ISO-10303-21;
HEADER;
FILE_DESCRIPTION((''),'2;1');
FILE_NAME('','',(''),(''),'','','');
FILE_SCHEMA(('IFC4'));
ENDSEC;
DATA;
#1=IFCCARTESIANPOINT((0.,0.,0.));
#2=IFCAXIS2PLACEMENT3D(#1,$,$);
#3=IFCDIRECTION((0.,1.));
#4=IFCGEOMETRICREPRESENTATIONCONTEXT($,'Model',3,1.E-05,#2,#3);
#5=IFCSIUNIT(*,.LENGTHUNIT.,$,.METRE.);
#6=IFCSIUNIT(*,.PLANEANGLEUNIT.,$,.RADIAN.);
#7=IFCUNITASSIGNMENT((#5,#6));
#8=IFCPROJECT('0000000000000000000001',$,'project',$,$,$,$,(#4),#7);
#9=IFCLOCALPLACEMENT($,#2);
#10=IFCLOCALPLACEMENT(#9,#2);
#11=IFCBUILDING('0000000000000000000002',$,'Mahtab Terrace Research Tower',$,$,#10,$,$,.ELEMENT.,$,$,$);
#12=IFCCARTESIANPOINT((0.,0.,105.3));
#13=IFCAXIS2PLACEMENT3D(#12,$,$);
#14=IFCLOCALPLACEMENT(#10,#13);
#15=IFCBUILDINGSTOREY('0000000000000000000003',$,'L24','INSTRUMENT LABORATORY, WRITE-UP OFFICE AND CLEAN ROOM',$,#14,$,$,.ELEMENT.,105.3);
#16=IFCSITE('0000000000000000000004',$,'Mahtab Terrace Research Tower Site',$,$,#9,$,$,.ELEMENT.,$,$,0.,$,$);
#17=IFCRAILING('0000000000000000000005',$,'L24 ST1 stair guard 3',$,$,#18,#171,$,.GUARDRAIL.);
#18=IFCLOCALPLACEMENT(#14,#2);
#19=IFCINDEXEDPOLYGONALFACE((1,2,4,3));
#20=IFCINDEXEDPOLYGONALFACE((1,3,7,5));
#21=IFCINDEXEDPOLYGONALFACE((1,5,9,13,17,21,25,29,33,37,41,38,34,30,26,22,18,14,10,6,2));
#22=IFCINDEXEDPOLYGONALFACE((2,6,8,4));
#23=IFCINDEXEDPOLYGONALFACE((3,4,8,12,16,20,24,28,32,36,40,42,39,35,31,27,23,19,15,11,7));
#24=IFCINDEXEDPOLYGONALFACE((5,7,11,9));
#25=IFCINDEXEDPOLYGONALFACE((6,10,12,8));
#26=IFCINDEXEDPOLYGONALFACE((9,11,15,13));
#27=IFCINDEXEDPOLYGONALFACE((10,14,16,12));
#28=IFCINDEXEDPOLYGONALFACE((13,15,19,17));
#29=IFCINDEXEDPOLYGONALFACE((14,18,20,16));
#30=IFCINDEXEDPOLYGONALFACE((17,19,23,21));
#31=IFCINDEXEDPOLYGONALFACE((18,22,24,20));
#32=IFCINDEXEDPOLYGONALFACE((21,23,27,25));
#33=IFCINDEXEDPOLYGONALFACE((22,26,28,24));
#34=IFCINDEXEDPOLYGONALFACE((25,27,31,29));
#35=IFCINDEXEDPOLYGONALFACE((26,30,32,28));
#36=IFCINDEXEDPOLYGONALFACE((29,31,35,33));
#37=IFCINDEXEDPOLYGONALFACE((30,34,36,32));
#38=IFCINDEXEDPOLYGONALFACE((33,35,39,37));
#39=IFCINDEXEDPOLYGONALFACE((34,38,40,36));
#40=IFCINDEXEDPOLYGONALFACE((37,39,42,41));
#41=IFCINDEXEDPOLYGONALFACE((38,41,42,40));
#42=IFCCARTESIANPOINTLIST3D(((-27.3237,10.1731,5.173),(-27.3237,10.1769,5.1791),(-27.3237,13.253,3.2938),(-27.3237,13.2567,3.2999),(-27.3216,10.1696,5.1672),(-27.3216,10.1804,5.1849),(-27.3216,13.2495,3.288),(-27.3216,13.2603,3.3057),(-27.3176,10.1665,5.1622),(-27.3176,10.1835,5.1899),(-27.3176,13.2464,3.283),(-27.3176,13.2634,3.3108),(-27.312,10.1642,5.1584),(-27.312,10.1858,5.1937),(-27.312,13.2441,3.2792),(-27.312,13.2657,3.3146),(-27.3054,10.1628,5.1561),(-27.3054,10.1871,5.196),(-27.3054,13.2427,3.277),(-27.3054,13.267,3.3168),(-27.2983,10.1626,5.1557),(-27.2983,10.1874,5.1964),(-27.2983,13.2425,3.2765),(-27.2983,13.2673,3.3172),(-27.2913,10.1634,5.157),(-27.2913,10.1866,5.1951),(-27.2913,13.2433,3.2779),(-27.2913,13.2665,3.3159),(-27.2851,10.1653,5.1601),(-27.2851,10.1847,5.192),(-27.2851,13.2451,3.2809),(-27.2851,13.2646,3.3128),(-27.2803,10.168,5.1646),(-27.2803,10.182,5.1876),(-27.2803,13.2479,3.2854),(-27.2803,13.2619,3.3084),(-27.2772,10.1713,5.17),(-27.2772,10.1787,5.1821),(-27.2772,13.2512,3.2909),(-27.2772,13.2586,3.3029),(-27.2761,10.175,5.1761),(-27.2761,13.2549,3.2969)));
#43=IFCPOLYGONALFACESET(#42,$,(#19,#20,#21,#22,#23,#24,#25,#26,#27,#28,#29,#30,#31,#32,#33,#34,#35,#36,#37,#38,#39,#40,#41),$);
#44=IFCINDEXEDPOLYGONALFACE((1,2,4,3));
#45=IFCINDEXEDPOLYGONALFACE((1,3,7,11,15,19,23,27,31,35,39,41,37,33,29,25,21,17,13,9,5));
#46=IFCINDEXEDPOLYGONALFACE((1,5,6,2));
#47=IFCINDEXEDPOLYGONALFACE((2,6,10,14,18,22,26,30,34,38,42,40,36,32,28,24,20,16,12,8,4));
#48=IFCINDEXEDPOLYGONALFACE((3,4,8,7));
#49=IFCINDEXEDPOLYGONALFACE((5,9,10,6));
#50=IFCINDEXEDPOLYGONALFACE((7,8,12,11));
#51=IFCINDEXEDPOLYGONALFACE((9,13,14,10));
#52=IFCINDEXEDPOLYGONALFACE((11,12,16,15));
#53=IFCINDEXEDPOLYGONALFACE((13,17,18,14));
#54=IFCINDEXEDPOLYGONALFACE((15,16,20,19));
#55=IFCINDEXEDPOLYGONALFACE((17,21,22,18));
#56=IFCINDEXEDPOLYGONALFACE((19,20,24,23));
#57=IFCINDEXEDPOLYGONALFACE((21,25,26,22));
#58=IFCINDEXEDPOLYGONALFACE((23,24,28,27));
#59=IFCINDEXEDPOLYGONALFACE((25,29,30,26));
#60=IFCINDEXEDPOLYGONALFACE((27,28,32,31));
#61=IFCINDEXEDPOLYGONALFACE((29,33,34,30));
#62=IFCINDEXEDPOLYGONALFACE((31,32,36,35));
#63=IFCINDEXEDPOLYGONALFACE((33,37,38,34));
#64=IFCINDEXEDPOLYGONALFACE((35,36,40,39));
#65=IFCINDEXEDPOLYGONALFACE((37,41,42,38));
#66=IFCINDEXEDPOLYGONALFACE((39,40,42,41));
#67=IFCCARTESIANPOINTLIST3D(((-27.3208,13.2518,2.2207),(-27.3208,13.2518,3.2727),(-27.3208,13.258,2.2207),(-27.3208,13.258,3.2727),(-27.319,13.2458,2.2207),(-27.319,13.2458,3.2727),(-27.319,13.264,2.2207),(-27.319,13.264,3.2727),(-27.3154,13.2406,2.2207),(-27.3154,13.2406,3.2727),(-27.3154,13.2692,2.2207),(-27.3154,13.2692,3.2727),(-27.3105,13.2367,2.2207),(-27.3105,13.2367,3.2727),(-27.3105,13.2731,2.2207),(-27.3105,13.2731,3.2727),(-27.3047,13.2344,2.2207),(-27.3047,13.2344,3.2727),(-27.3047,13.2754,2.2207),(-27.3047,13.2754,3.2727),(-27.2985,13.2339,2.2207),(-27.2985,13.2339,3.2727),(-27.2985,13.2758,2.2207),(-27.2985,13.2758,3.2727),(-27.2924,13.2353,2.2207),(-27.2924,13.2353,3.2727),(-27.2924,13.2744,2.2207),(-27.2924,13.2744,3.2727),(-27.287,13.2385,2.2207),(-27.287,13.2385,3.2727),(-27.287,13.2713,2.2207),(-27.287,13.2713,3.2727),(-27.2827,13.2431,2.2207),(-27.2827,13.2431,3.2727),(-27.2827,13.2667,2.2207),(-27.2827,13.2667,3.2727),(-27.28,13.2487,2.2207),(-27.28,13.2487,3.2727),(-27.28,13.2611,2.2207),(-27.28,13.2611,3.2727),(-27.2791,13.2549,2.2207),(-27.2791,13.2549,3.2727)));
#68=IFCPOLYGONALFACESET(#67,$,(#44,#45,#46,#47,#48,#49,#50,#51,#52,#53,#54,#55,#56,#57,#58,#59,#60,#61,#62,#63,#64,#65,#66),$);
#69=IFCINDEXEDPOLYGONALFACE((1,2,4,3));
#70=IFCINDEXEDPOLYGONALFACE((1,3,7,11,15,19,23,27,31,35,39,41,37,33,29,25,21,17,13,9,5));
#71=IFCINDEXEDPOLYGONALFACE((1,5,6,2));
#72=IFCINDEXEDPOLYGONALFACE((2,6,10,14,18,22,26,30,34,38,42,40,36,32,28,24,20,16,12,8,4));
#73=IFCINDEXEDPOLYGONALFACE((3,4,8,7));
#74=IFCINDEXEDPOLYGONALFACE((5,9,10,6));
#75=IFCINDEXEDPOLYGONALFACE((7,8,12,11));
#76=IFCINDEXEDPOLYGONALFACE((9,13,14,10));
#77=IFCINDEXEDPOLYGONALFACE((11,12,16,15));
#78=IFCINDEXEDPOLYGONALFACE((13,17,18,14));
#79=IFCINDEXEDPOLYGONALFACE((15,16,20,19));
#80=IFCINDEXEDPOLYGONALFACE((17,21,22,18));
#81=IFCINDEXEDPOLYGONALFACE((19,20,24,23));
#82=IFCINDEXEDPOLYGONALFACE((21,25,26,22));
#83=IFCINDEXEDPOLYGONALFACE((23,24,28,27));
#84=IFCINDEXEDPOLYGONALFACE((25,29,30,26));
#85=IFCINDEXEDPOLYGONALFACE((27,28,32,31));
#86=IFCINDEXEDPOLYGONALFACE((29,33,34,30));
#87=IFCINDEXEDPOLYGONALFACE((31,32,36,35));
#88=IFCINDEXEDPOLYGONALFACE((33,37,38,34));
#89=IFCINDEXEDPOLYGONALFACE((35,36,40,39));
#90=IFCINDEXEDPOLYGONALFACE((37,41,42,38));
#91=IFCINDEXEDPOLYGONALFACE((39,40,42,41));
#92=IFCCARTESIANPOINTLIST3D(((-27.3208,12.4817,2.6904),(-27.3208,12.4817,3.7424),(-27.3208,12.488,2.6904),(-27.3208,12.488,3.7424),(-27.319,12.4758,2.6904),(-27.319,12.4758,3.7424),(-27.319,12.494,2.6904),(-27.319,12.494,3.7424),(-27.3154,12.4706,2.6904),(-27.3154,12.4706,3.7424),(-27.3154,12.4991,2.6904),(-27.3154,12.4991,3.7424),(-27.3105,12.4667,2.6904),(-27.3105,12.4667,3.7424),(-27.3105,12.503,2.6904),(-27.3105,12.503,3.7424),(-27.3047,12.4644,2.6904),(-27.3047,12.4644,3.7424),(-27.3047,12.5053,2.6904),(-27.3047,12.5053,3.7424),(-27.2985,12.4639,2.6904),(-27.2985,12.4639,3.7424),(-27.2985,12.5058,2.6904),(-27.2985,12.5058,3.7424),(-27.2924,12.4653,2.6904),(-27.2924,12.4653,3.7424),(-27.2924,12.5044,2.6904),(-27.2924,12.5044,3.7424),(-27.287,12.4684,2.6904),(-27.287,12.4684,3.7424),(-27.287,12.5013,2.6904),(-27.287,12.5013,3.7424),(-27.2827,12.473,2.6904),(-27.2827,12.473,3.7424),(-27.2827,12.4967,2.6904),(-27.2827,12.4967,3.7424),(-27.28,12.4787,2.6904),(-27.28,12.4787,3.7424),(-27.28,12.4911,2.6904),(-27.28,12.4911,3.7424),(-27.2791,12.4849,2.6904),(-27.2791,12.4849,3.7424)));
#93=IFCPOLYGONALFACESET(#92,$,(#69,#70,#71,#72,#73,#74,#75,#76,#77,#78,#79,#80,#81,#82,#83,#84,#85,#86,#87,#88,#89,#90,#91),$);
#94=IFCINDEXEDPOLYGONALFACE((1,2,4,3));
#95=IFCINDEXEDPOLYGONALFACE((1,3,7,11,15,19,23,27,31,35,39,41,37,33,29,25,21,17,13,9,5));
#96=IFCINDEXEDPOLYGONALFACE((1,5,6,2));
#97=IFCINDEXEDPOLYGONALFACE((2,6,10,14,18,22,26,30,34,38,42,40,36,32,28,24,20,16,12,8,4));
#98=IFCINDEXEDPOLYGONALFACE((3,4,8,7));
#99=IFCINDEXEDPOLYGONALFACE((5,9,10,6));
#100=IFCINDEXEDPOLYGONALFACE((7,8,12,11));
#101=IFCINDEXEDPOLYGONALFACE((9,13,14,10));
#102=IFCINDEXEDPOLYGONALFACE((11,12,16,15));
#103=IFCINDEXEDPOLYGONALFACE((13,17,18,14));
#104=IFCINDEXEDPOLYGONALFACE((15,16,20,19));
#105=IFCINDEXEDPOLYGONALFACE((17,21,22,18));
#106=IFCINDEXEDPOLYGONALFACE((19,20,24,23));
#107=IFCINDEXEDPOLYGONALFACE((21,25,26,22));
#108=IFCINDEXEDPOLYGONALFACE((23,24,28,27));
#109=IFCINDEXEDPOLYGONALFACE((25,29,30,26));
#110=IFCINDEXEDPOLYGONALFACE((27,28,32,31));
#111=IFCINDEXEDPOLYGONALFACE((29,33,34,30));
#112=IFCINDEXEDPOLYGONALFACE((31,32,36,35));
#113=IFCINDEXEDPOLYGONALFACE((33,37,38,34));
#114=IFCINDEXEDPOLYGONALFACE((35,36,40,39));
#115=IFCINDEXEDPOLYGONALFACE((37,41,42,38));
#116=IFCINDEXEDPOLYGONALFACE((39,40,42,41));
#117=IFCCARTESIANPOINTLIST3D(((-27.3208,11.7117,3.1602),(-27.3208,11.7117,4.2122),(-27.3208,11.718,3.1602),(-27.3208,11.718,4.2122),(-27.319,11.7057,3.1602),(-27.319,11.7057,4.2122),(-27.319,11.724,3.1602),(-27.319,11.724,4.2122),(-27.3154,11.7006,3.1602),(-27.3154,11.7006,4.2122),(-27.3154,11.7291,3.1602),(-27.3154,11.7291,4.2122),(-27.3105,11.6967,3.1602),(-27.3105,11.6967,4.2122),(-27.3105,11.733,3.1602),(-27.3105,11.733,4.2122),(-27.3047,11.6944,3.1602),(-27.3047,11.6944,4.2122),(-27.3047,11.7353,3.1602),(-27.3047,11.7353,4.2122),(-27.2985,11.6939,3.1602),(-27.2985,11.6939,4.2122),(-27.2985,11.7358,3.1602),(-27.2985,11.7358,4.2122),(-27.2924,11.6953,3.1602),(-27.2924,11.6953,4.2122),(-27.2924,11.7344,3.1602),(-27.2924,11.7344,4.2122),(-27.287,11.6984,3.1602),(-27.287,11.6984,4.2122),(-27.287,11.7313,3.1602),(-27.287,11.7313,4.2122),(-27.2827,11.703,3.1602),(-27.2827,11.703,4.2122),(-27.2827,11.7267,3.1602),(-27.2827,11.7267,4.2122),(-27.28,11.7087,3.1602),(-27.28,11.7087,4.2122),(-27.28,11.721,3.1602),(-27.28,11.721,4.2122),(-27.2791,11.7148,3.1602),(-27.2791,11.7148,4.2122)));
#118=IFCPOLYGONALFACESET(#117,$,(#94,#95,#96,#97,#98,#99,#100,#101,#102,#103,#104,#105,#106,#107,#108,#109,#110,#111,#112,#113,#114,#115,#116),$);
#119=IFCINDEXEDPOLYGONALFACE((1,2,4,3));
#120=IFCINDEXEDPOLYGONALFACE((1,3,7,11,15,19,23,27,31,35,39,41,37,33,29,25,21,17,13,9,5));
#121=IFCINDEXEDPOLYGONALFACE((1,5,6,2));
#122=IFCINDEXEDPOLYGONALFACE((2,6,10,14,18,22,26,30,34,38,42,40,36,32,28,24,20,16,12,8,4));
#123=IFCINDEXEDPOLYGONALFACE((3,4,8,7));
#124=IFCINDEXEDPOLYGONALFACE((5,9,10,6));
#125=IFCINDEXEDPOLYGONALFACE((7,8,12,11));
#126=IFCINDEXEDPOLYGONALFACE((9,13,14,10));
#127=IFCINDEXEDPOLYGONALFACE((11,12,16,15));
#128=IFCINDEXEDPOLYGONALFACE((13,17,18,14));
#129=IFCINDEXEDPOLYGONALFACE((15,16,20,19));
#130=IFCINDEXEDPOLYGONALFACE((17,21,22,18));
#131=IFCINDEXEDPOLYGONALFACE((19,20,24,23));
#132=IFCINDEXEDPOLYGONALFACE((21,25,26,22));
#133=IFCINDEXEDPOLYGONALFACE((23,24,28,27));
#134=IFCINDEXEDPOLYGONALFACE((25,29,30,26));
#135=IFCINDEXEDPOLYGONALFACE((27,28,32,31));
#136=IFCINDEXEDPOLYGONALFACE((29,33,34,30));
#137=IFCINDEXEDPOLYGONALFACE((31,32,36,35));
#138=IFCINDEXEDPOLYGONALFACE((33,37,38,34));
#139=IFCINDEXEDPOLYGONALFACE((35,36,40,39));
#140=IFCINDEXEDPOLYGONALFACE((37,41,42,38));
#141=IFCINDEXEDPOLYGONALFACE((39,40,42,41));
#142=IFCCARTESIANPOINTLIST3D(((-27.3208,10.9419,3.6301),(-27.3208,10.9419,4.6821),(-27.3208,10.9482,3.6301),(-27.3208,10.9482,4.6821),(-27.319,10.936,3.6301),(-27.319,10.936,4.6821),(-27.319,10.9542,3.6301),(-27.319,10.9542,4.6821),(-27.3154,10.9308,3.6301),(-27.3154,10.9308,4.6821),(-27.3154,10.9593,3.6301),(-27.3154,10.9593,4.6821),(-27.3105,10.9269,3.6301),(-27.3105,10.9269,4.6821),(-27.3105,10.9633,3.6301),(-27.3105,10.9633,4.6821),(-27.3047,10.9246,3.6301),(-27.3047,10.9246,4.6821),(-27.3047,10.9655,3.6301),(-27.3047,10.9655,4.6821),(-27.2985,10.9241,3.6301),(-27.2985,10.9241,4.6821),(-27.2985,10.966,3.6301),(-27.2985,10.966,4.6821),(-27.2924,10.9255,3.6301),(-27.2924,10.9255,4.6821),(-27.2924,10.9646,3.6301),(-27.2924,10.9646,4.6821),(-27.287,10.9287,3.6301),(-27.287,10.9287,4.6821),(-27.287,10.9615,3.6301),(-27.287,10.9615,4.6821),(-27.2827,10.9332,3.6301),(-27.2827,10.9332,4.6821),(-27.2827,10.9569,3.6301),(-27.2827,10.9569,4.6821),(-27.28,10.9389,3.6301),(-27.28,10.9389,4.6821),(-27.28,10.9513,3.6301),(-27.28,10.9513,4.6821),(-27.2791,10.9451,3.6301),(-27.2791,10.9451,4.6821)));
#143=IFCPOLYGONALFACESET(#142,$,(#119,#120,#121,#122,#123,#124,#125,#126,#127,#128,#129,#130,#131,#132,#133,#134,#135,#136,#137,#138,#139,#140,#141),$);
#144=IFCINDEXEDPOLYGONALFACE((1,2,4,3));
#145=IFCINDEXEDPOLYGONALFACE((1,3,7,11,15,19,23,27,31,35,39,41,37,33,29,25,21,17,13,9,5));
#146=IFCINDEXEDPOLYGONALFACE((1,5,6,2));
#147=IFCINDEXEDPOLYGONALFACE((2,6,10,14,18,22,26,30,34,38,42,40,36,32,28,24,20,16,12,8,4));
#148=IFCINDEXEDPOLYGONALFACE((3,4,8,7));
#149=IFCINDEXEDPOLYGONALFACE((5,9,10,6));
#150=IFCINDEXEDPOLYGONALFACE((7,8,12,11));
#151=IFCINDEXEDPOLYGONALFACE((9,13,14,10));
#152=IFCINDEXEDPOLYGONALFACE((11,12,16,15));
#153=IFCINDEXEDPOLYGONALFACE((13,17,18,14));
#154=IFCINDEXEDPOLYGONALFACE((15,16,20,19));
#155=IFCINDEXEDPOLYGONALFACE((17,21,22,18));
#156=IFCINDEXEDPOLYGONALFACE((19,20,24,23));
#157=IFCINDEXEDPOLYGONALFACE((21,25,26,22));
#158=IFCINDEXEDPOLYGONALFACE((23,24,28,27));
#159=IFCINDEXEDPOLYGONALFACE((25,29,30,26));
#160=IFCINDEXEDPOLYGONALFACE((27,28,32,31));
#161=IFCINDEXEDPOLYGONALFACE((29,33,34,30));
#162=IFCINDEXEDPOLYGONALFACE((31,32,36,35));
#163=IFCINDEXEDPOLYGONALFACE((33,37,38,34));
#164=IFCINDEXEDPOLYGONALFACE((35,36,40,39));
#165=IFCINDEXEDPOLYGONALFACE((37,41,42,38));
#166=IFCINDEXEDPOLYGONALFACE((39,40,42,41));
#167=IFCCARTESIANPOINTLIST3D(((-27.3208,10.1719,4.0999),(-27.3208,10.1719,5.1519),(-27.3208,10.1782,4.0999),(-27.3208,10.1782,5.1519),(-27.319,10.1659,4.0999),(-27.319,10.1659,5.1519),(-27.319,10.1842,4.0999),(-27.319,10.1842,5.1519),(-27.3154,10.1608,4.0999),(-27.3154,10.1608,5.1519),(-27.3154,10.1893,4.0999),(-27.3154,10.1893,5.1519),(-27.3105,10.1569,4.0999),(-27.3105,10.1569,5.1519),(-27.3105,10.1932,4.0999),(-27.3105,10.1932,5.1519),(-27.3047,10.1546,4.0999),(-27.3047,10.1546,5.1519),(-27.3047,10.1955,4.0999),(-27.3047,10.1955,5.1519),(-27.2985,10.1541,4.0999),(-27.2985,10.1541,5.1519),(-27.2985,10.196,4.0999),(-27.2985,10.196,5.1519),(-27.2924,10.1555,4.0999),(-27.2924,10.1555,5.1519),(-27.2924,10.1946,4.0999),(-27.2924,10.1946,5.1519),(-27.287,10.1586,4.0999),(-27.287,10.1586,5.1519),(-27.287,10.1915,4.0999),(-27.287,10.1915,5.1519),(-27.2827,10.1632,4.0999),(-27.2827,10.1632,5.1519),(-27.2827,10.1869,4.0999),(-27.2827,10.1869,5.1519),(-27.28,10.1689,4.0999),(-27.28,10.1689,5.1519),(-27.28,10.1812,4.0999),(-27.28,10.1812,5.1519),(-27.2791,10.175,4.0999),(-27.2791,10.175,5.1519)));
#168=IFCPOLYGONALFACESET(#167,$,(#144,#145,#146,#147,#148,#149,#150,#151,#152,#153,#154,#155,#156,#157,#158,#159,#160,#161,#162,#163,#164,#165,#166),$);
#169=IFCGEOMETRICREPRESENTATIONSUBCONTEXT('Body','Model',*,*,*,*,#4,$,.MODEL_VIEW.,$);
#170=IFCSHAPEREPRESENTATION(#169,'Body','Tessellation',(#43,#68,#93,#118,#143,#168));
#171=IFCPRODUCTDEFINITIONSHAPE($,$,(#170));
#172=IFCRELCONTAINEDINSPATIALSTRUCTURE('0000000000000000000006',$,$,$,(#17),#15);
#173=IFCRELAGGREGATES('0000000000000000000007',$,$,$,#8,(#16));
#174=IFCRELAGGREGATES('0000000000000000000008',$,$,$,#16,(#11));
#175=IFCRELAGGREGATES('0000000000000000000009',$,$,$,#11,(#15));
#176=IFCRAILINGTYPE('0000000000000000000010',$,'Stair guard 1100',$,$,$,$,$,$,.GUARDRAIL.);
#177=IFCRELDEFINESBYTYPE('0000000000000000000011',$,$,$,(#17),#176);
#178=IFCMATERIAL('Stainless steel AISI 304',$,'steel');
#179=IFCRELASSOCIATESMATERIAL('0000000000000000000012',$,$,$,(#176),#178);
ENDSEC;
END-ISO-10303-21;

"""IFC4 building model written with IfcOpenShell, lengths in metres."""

from ifc_helpers import new_model, si_unit, direction, frame, origin, origin_2d, place, context, subcontext, project, spatial, circle, extrude, material, type_object, element, save


model = new_model("IFC4")

# Units and contexts
model_context = context("Model", 3, precision=1e-05, world=origin(), true_north=direction((0.0, 1.0)))
body_context = subcontext(model_context, "Body", "Model", "MODEL_VIEW")
ifc_project = project(units=[si_unit("LENGTHUNIT", "METRE"), si_unit("PLANEANGLEUNIT", "RADIAN")], contexts=[model_context])

# Site, building, storey
site_placement = place(None, origin())
site = spatial("IfcSite", under=ifc_project, at=site_placement, Name="Mahtab Terrace Research Tower Site", CompositionType="ELEMENT", RefElevation=0.0)
building_placement = place(site_placement, origin())
building = spatial("IfcBuilding", under=site, at=building_placement, Name="Mahtab Terrace Research Tower", CompositionType="ELEMENT")
storey_placement = place(building_placement, frame((0.0, 0.0, 105.3)))
storey = spatial("IfcBuildingStorey", under=building, at=storey_placement, Name="L24", Description="INSTRUMENT LABORATORY, WRITE-UP OFFICE AND CLEAN ROOM", CompositionType="ELEMENT", Elevation=105.3)

# Railing
ifc_material_1 = material(Name="Stainless steel AISI 304", Category="steel")
railing_type_1 = type_object("IfcRailingType", Name="Stair guard 1100", PredefinedType="GUARDRAIL", material=ifc_material_1)
railing_1_placement = place(storey_placement, frame((-27.3, 13.2549, 2.2207)))
element("IfcRailing", 1, at=railing_1_placement, inside=storey, type_object=railing_type_1, Name="L24 ST1 stair guard 3", PredefinedType="GUARDRAIL", context=body_context, shape_type="SweptSolid", body=[
    extrude(circle(Radius=0.0239, at=origin_2d()), frame((0.0, 0.0, 1.0762), z_axis=(0.0, -0.853648, 0.52085), x_axis=(1.0, 0.0, 0.0)), (0.0, 0.0, 1.0), 3.6079),
    extrude(circle(Radius=0.021, at=origin_2d()), origin(), (0.0, 0.0, 1.0), 1.052),
    extrude(circle(Radius=0.021, at=origin_2d()), frame((0.0, -0.77, 0.4697)), (0.0, 0.0, 1.0), 1.052),
    extrude(circle(Radius=0.021, at=origin_2d()), frame((0.0, -1.54, 0.9395)), (0.0, 0.0, 1.0), 1.052),
    extrude(circle(Radius=0.021, at=origin_2d()), frame((0.0, -2.3098, 1.4094)), (0.0, 0.0, 1.0), 1.052),
    extrude(circle(Radius=0.021, at=origin_2d()), frame((0.0, -3.0798, 1.8792)), (0.0, 0.0, 1.0), 1.052),
])

save(model, "model.ifc")
